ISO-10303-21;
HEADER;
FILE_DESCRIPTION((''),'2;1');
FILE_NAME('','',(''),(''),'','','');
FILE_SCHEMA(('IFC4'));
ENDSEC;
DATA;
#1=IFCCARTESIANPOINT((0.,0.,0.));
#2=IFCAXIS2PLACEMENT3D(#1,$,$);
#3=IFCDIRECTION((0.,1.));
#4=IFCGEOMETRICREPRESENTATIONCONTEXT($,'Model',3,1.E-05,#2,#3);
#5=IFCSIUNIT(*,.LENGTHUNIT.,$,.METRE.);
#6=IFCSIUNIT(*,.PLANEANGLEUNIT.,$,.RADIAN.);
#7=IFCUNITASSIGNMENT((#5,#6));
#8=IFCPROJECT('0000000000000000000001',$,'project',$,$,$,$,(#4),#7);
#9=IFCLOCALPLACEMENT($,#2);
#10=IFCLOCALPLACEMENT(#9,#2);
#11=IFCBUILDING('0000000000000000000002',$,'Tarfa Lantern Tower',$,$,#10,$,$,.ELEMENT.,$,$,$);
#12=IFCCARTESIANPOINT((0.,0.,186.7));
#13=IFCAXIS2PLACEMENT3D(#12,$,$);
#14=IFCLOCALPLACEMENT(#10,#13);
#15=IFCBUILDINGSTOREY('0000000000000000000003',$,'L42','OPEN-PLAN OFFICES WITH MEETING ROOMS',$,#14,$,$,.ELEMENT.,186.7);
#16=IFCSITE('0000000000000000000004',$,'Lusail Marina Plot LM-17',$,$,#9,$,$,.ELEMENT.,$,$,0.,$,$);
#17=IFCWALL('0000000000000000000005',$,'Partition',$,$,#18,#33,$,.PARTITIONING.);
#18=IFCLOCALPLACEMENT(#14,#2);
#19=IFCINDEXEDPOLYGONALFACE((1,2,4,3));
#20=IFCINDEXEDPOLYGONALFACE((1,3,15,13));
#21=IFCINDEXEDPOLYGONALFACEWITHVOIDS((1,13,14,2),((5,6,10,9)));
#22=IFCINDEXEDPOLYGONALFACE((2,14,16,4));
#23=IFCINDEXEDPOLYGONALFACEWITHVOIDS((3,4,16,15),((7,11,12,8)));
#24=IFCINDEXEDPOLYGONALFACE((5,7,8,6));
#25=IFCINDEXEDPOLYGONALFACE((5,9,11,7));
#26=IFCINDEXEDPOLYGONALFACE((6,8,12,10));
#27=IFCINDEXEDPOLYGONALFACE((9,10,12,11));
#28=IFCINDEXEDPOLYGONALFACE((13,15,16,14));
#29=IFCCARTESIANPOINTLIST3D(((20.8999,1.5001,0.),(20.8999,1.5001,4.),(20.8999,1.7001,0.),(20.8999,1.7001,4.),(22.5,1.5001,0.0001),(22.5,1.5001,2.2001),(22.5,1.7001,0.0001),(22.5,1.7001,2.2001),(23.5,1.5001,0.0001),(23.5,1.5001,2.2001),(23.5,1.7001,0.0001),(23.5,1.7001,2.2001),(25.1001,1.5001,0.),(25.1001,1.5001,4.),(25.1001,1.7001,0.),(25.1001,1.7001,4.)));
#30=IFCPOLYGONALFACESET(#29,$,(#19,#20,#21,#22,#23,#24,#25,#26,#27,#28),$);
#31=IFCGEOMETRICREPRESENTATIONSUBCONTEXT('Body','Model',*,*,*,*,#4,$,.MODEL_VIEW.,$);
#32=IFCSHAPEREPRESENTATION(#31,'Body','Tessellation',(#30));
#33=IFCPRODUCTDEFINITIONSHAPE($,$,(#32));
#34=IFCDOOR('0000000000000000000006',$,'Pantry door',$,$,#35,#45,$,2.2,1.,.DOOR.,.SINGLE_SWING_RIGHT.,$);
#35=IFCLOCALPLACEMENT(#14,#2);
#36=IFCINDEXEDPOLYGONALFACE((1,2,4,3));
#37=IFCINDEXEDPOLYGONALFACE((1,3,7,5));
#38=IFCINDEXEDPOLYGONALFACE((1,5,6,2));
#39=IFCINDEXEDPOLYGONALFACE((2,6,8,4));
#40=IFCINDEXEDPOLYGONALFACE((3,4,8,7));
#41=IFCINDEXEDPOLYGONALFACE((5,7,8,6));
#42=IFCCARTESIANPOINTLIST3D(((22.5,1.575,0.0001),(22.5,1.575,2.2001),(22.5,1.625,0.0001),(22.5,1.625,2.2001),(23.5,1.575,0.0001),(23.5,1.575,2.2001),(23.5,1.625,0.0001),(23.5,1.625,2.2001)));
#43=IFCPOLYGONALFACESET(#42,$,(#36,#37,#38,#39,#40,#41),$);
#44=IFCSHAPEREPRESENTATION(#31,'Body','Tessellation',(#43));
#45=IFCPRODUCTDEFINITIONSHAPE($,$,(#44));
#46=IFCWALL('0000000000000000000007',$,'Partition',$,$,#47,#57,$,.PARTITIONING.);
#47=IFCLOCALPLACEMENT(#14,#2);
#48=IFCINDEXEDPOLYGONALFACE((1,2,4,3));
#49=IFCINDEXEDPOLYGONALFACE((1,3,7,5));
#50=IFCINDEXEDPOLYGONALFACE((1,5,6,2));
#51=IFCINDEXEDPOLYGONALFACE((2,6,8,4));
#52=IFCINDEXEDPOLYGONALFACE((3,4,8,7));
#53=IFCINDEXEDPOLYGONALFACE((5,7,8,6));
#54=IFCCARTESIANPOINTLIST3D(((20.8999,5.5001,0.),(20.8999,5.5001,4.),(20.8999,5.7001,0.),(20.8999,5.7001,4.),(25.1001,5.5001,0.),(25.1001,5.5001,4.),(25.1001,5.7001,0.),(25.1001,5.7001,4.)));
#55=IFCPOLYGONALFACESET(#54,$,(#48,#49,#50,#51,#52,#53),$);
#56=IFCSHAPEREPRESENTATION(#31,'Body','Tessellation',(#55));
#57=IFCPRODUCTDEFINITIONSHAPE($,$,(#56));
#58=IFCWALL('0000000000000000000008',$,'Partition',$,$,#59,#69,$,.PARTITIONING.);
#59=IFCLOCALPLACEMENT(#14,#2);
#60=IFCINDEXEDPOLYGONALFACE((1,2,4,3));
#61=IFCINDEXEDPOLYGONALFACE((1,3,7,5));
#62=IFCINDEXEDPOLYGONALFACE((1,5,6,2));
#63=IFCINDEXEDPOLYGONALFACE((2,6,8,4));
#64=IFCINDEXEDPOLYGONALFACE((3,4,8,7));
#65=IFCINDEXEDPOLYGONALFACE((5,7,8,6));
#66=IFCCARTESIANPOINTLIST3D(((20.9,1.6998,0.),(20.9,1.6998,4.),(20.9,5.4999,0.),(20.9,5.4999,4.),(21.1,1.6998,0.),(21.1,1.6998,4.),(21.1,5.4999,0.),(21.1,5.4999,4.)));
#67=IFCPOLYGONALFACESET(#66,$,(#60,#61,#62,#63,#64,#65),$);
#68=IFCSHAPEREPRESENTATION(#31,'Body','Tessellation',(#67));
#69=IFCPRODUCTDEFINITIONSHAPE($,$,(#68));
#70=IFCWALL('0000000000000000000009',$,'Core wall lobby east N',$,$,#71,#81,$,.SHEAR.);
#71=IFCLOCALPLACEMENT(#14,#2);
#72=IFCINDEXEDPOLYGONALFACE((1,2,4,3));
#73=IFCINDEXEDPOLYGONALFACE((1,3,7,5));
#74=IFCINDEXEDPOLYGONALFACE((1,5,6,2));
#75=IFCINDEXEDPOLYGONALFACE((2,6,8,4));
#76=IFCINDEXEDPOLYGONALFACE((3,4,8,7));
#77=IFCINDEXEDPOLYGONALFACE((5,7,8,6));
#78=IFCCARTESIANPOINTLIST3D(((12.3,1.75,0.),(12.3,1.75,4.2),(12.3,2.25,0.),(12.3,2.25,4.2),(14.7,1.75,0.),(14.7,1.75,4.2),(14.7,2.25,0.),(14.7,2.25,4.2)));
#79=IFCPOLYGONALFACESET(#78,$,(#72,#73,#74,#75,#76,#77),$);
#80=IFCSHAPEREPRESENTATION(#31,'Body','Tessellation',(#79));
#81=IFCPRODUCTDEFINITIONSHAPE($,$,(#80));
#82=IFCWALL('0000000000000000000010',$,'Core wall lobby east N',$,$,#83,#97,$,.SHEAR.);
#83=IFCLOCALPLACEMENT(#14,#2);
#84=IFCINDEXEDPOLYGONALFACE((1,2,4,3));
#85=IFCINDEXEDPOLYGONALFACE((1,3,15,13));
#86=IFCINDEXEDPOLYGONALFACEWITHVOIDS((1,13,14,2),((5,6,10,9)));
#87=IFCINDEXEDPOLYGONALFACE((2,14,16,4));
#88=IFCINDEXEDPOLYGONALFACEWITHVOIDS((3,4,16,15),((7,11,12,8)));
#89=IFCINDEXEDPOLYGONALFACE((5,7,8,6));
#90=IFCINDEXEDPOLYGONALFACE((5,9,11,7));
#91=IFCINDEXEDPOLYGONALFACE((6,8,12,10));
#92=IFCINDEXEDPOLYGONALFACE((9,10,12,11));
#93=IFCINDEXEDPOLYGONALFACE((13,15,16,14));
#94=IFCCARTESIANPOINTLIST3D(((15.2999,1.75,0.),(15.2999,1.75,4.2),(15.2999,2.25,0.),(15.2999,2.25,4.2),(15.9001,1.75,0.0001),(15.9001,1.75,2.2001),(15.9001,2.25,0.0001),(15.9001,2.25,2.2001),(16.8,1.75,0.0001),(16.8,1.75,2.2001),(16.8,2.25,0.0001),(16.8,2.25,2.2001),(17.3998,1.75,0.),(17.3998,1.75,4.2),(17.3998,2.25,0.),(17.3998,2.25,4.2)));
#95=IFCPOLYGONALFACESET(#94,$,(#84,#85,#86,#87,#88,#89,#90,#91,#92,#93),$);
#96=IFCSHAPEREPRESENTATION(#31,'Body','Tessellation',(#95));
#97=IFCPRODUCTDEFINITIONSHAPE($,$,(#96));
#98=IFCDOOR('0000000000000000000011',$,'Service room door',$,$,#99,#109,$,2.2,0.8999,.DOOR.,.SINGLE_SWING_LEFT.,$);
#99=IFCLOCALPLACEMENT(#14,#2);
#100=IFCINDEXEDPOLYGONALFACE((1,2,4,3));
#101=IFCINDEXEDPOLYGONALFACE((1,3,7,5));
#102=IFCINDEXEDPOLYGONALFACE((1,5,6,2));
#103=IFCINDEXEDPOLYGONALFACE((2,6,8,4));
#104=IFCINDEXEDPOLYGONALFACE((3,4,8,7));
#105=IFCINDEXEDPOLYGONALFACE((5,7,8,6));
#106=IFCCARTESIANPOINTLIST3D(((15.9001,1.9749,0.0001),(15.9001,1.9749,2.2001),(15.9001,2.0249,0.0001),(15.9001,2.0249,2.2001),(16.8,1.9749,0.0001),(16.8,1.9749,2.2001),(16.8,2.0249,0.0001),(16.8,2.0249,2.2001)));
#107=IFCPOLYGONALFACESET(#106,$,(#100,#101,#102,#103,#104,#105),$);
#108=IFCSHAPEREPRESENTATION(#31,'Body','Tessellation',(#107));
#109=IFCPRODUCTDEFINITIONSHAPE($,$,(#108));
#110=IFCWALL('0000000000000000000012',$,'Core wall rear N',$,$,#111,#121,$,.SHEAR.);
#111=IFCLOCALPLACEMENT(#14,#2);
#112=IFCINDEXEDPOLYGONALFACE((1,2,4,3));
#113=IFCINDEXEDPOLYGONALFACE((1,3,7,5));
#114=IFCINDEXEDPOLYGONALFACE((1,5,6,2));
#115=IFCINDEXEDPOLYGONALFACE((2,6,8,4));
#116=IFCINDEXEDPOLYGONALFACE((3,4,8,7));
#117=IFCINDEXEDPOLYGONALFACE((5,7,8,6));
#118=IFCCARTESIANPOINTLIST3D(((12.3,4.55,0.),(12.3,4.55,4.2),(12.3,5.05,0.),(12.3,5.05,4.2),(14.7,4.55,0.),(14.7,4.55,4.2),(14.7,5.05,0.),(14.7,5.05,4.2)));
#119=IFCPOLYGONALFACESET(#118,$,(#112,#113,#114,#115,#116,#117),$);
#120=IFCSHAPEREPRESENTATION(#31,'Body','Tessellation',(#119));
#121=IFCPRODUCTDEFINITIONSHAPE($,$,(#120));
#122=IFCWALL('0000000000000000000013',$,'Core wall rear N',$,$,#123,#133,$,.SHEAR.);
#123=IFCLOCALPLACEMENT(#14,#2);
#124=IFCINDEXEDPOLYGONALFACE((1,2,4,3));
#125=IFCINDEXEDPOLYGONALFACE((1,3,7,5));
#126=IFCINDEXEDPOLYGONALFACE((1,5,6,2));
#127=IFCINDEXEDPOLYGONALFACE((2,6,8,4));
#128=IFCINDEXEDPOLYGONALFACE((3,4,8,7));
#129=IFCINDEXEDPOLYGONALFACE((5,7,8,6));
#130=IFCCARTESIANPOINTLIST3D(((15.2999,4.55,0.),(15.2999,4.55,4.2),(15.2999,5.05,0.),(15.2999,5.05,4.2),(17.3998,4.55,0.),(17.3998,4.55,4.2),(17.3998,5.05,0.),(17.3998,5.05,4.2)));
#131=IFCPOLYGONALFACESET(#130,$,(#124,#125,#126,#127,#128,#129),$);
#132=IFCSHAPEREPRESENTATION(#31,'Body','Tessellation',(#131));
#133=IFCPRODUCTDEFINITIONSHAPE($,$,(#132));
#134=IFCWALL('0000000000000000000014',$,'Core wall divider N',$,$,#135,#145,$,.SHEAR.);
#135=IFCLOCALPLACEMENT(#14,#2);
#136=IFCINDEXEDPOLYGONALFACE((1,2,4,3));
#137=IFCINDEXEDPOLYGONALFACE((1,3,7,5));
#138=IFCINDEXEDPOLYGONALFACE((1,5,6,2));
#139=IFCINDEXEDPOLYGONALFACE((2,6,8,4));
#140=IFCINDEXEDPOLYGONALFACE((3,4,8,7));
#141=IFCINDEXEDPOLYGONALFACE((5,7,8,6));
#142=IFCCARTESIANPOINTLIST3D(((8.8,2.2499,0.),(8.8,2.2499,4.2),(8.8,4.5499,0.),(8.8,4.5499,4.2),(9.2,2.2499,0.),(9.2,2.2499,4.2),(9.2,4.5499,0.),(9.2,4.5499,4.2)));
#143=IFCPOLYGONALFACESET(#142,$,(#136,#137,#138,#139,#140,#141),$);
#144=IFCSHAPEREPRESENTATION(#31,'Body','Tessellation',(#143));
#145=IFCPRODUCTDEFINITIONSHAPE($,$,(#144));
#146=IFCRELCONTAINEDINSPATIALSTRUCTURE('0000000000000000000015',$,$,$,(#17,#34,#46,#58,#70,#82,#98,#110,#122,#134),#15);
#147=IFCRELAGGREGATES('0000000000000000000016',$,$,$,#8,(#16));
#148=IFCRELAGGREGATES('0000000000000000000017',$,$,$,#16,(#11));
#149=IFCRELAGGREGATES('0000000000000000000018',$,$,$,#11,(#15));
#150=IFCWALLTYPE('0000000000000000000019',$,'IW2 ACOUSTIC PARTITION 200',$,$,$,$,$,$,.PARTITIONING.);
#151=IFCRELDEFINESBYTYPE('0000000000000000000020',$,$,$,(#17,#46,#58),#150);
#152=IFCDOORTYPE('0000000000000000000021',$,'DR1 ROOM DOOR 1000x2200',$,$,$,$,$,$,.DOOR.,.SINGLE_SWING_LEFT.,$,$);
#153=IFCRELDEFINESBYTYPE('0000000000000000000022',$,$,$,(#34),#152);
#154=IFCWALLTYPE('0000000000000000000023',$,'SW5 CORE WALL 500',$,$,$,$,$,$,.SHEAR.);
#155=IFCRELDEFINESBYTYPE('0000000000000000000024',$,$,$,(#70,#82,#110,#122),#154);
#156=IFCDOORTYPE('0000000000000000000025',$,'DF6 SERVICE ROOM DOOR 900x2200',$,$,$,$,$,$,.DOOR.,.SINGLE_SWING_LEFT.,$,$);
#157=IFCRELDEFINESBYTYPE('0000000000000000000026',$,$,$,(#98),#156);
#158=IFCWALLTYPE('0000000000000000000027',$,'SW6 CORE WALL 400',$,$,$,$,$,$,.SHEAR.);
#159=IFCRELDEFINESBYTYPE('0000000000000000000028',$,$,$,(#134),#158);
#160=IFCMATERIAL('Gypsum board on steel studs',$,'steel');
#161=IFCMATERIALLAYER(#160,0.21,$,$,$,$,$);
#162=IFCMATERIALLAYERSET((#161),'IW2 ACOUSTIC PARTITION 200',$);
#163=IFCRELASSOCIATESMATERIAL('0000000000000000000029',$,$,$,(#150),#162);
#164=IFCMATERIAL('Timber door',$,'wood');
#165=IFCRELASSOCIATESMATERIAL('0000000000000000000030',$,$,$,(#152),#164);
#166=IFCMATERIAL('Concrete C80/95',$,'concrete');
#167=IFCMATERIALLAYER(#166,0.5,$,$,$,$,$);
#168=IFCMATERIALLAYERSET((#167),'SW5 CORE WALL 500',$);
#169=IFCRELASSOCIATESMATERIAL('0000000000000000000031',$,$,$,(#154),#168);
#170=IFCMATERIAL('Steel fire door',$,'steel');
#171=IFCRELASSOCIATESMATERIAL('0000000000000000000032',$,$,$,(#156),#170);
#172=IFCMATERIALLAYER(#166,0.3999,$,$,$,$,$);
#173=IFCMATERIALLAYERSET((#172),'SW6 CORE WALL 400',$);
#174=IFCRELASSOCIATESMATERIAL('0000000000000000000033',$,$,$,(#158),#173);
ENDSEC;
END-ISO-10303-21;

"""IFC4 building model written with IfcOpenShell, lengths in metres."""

from ifc_helpers import new_model, si_unit, direction, frame, frame_2d, origin, place, context, subcontext, project, spatial, rectangle, extrude, material, layer, layer_set, type_object, element, fill, save


model = new_model("IFC4")

# Units and contexts
model_context = context("Model", 3, precision=1e-05, world=origin(), true_north=direction((0.0, 1.0)))
body_context = subcontext(model_context, "Body", "Model", "MODEL_VIEW")
ifc_project = project(units=[si_unit("LENGTHUNIT", "METRE"), si_unit("PLANEANGLEUNIT", "RADIAN")], contexts=[model_context])

# Site, building, storey
site_placement = place(None, origin())
site = spatial("IfcSite", under=ifc_project, at=site_placement, Name="Lusail Marina Plot LM-17", CompositionType="ELEMENT", RefElevation=0.0)
building_placement = place(site_placement, origin())
building = spatial("IfcBuilding", under=site, at=building_placement, Name="Tarfa Lantern Tower", CompositionType="ELEMENT")
storey_placement = place(building_placement, frame((0.0, 0.0, 186.7)))
storey = spatial("IfcBuildingStorey", under=building, at=storey_placement, Name="L42", Description="OPEN-PLAN OFFICES WITH MEETING ROOMS", CompositionType="ELEMENT", Elevation=186.7)

# Shared definitions
ifc_material_1 = material(Name="Gypsum board on steel studs", Category="steel")
ifc_layer_1 = layer(ifc_material_1, 0.21)
ifc_layer_set_1 = layer_set([ifc_layer_1], Name="IW2 ACOUSTIC PARTITION 200")
wall_type_1 = type_object("IfcWallType", Name="IW2 ACOUSTIC PARTITION 200", PredefinedType="PARTITIONING", material=ifc_layer_set_1)

# Wall, opening, door
wall_1_placement = place(storey_placement, frame((20.8999, 1.6001, 0.0), z_axis=(0.0, 0.0, 1.0), x_axis=(1.0, 0.0, 0.0)))
wall_1 = element("IfcWall", 1, at=wall_1_placement, inside=storey, type_object=wall_type_1, Name="Partition", PredefinedType="PARTITIONING", context=body_context, shape_type="SweptSolid", body=[
    extrude(rectangle(XDim=4.2002, YDim=0.2, at=frame_2d((2.1001, 0.0))), origin(), (0.0, 0.0, 1.0), 4.0),
])
opening_1_placement = place(wall_1_placement, frame((1.6001, 0.0, 0.0)))
opening_1 = element("IfcOpeningElement", 2, at=opening_1_placement, cuts=wall_1, PredefinedType="OPENING", context=body_context, shape_type="SweptSolid", body=[
    extrude(rectangle(XDim=1.0, YDim=2.2, at=frame_2d((0.5, 1.1001))), frame((0.0, 0.1099, 0.0), z_axis=(0.0, -1.0, 0.0), x_axis=(1.0, 0.0, 0.0)), (0.0, 0.0, 1.0), 0.22),
])
ifc_material_2 = material(Name="Timber door", Category="wood")
door_type_1 = type_object("IfcDoorType", Name="DR1 ROOM DOOR 1000x2200", OperationType="SINGLE_SWING_LEFT", PredefinedType="DOOR", material=ifc_material_2)
door_1_placement = place(opening_1_placement, origin())
door_1 = element("IfcDoor", 3, at=door_1_placement, inside=storey, type_object=door_type_1, Name="Pantry door", OperationType="SINGLE_SWING_RIGHT", OverallHeight=2.2, OverallWidth=1.0, PredefinedType="DOOR", context=body_context, shape_type="SweptSolid", body=[
    extrude(rectangle(XDim=1.0, YDim=2.2, at=frame_2d((0.5, 1.1001))), frame((0.0, 0.0249, 0.0), z_axis=(0.0, -1.0, 0.0), x_axis=(1.0, 0.0, 0.0)), (0.0, 0.0, 1.0), 0.05),
])
fill(opening_1, door_1)

# Walls
wall_2_placement = place(storey_placement, frame((20.8999, 5.6001, 0.0), z_axis=(0.0, 0.0, 1.0), x_axis=(1.0, 0.0, 0.0)))
element("IfcWall", 4, at=wall_2_placement, inside=storey, type_object=wall_type_1, Name="Partition", PredefinedType="PARTITIONING", context=body_context, shape_type="SweptSolid", body=[
    extrude(rectangle(XDim=4.2002, YDim=0.2, at=frame_2d((2.1001, 0.0))), origin(), (0.0, 0.0, 1.0), 4.0),
])
wall_3_placement = place(storey_placement, frame((21.0, 1.7, 0.0), z_axis=(0.0, 0.0, 1.0), x_axis=(0.0, 1.0, 0.0)))
element("IfcWall", 5, at=wall_3_placement, inside=storey, type_object=wall_type_1, Name="Partition", PredefinedType="PARTITIONING", context=body_context, shape_type="SweptSolid", body=[
    extrude(rectangle(XDim=3.8, YDim=0.2, at=frame_2d((1.8999, 0.0))), origin(), (0.0, 0.0, 1.0), 4.0),
])
ifc_material_3 = material(Name="Concrete C80/95", Category="concrete")
ifc_layer_2 = layer(ifc_material_3, 0.5)
ifc_layer_set_2 = layer_set([ifc_layer_2], Name="SW5 CORE WALL 500")
wall_type_2 = type_object("IfcWallType", Name="SW5 CORE WALL 500", PredefinedType="SHEAR", material=ifc_layer_set_2)
wall_4_placement = place(storey_placement, frame((12.3, 2.0, 0.0), z_axis=(0.0, 0.0, 1.0), x_axis=(1.0, 0.0, 0.0)))
element("IfcWall", 6, at=wall_4_placement, inside=storey, type_object=wall_type_2, Name="Core wall lobby east N", PredefinedType="SHEAR", context=body_context, shape_type="SweptSolid", body=[
    extrude(rectangle(XDim=2.3999, YDim=0.5, at=frame_2d((1.2, 0.0))), origin(), (0.0, 0.0, 1.0), 4.2),
])

# Wall, opening, door
wall_5_placement = place(storey_placement, frame((15.3, 2.0, 0.0), z_axis=(0.0, 0.0, 1.0), x_axis=(1.0, 0.0, 0.0)))
wall_5 = element("IfcWall", 7, at=wall_5_placement, inside=storey, type_object=wall_type_2, Name="Core wall lobby east N", PredefinedType="SHEAR", context=body_context, shape_type="SweptSolid", body=[
    extrude(rectangle(XDim=2.0999, YDim=0.5, at=frame_2d((1.0498, 0.0))), origin(), (0.0, 0.0, 1.0), 4.2),
])
opening_2_placement = place(wall_5_placement, frame((0.6001, 0.0, 0.0)))
opening_2 = element("IfcOpeningElement", 8, at=opening_2_placement, cuts=wall_5, PredefinedType="OPENING", context=body_context, shape_type="SweptSolid", body=[
    extrude(rectangle(XDim=0.8999, YDim=2.2, at=frame_2d((0.45, 1.1001))), frame((0.0, 0.26, 0.0), z_axis=(0.0, -1.0, 0.0), x_axis=(1.0, 0.0, 0.0)), (0.0, 0.0, 1.0), 0.52),
])
ifc_material_4 = material(Name="Steel fire door", Category="steel")
door_type_2 = type_object("IfcDoorType", Name="DF6 SERVICE ROOM DOOR 900x2200", OperationType="SINGLE_SWING_LEFT", PredefinedType="DOOR", material=ifc_material_4)
door_2_placement = place(opening_2_placement, origin())
door_2 = element("IfcDoor", 9, at=door_2_placement, inside=storey, type_object=door_type_2, Name="Service room door", OperationType="SINGLE_SWING_LEFT", OverallHeight=2.2, OverallWidth=0.8999, PredefinedType="DOOR", context=body_context, shape_type="SweptSolid", body=[
    extrude(rectangle(XDim=0.8999, YDim=2.2, at=frame_2d((0.45, 1.1001))), frame((0.0, 0.0249, 0.0), z_axis=(0.0, -1.0, 0.0), x_axis=(1.0, 0.0, 0.0)), (0.0, 0.0, 1.0), 0.05),
])
fill(opening_2, door_2)

# Walls
wall_6_placement = place(storey_placement, frame((12.3, 4.8, 0.0), z_axis=(0.0, 0.0, 1.0), x_axis=(1.0, 0.0, 0.0)))
element("IfcWall", 10, at=wall_6_placement, inside=storey, type_object=wall_type_2, Name="Core wall rear N", PredefinedType="SHEAR", context=body_context, shape_type="SweptSolid", body=[
    extrude(rectangle(XDim=2.3999, YDim=0.5, at=frame_2d((1.2, 0.0))), origin(), (0.0, 0.0, 1.0), 4.2),
])
wall_7_placement = place(storey_placement, frame((15.3, 4.8, 0.0), z_axis=(0.0, 0.0, 1.0), x_axis=(1.0, 0.0, 0.0)))
element("IfcWall", 11, at=wall_7_placement, inside=storey, type_object=wall_type_2, Name="Core wall rear N", PredefinedType="SHEAR", context=body_context, shape_type="SweptSolid", body=[
    extrude(rectangle(XDim=2.0999, YDim=0.5, at=frame_2d((1.0498, 0.0))), origin(), (0.0, 0.0, 1.0), 4.2),
])
ifc_layer_3 = layer(ifc_material_3, 0.3999)
ifc_layer_set_3 = layer_set([ifc_layer_3], Name="SW6 CORE WALL 400")
wall_type_3 = type_object("IfcWallType", Name="SW6 CORE WALL 400", PredefinedType="SHEAR", material=ifc_layer_set_3)
wall_8_placement = place(storey_placement, frame((9.0, 2.25, 0.0), z_axis=(0.0, 0.0, 1.0), x_axis=(0.0, 1.0, 0.0)))
element("IfcWall", 12, at=wall_8_placement, inside=storey, type_object=wall_type_3, Name="Core wall divider N", PredefinedType="SHEAR", context=body_context, shape_type="SweptSolid", body=[
    extrude(rectangle(XDim=2.3, YDim=0.3999, at=frame_2d((1.1499, 0.0))), origin(), (0.0, 0.0, 1.0), 4.2),
])

save(model, "model.ifc")
